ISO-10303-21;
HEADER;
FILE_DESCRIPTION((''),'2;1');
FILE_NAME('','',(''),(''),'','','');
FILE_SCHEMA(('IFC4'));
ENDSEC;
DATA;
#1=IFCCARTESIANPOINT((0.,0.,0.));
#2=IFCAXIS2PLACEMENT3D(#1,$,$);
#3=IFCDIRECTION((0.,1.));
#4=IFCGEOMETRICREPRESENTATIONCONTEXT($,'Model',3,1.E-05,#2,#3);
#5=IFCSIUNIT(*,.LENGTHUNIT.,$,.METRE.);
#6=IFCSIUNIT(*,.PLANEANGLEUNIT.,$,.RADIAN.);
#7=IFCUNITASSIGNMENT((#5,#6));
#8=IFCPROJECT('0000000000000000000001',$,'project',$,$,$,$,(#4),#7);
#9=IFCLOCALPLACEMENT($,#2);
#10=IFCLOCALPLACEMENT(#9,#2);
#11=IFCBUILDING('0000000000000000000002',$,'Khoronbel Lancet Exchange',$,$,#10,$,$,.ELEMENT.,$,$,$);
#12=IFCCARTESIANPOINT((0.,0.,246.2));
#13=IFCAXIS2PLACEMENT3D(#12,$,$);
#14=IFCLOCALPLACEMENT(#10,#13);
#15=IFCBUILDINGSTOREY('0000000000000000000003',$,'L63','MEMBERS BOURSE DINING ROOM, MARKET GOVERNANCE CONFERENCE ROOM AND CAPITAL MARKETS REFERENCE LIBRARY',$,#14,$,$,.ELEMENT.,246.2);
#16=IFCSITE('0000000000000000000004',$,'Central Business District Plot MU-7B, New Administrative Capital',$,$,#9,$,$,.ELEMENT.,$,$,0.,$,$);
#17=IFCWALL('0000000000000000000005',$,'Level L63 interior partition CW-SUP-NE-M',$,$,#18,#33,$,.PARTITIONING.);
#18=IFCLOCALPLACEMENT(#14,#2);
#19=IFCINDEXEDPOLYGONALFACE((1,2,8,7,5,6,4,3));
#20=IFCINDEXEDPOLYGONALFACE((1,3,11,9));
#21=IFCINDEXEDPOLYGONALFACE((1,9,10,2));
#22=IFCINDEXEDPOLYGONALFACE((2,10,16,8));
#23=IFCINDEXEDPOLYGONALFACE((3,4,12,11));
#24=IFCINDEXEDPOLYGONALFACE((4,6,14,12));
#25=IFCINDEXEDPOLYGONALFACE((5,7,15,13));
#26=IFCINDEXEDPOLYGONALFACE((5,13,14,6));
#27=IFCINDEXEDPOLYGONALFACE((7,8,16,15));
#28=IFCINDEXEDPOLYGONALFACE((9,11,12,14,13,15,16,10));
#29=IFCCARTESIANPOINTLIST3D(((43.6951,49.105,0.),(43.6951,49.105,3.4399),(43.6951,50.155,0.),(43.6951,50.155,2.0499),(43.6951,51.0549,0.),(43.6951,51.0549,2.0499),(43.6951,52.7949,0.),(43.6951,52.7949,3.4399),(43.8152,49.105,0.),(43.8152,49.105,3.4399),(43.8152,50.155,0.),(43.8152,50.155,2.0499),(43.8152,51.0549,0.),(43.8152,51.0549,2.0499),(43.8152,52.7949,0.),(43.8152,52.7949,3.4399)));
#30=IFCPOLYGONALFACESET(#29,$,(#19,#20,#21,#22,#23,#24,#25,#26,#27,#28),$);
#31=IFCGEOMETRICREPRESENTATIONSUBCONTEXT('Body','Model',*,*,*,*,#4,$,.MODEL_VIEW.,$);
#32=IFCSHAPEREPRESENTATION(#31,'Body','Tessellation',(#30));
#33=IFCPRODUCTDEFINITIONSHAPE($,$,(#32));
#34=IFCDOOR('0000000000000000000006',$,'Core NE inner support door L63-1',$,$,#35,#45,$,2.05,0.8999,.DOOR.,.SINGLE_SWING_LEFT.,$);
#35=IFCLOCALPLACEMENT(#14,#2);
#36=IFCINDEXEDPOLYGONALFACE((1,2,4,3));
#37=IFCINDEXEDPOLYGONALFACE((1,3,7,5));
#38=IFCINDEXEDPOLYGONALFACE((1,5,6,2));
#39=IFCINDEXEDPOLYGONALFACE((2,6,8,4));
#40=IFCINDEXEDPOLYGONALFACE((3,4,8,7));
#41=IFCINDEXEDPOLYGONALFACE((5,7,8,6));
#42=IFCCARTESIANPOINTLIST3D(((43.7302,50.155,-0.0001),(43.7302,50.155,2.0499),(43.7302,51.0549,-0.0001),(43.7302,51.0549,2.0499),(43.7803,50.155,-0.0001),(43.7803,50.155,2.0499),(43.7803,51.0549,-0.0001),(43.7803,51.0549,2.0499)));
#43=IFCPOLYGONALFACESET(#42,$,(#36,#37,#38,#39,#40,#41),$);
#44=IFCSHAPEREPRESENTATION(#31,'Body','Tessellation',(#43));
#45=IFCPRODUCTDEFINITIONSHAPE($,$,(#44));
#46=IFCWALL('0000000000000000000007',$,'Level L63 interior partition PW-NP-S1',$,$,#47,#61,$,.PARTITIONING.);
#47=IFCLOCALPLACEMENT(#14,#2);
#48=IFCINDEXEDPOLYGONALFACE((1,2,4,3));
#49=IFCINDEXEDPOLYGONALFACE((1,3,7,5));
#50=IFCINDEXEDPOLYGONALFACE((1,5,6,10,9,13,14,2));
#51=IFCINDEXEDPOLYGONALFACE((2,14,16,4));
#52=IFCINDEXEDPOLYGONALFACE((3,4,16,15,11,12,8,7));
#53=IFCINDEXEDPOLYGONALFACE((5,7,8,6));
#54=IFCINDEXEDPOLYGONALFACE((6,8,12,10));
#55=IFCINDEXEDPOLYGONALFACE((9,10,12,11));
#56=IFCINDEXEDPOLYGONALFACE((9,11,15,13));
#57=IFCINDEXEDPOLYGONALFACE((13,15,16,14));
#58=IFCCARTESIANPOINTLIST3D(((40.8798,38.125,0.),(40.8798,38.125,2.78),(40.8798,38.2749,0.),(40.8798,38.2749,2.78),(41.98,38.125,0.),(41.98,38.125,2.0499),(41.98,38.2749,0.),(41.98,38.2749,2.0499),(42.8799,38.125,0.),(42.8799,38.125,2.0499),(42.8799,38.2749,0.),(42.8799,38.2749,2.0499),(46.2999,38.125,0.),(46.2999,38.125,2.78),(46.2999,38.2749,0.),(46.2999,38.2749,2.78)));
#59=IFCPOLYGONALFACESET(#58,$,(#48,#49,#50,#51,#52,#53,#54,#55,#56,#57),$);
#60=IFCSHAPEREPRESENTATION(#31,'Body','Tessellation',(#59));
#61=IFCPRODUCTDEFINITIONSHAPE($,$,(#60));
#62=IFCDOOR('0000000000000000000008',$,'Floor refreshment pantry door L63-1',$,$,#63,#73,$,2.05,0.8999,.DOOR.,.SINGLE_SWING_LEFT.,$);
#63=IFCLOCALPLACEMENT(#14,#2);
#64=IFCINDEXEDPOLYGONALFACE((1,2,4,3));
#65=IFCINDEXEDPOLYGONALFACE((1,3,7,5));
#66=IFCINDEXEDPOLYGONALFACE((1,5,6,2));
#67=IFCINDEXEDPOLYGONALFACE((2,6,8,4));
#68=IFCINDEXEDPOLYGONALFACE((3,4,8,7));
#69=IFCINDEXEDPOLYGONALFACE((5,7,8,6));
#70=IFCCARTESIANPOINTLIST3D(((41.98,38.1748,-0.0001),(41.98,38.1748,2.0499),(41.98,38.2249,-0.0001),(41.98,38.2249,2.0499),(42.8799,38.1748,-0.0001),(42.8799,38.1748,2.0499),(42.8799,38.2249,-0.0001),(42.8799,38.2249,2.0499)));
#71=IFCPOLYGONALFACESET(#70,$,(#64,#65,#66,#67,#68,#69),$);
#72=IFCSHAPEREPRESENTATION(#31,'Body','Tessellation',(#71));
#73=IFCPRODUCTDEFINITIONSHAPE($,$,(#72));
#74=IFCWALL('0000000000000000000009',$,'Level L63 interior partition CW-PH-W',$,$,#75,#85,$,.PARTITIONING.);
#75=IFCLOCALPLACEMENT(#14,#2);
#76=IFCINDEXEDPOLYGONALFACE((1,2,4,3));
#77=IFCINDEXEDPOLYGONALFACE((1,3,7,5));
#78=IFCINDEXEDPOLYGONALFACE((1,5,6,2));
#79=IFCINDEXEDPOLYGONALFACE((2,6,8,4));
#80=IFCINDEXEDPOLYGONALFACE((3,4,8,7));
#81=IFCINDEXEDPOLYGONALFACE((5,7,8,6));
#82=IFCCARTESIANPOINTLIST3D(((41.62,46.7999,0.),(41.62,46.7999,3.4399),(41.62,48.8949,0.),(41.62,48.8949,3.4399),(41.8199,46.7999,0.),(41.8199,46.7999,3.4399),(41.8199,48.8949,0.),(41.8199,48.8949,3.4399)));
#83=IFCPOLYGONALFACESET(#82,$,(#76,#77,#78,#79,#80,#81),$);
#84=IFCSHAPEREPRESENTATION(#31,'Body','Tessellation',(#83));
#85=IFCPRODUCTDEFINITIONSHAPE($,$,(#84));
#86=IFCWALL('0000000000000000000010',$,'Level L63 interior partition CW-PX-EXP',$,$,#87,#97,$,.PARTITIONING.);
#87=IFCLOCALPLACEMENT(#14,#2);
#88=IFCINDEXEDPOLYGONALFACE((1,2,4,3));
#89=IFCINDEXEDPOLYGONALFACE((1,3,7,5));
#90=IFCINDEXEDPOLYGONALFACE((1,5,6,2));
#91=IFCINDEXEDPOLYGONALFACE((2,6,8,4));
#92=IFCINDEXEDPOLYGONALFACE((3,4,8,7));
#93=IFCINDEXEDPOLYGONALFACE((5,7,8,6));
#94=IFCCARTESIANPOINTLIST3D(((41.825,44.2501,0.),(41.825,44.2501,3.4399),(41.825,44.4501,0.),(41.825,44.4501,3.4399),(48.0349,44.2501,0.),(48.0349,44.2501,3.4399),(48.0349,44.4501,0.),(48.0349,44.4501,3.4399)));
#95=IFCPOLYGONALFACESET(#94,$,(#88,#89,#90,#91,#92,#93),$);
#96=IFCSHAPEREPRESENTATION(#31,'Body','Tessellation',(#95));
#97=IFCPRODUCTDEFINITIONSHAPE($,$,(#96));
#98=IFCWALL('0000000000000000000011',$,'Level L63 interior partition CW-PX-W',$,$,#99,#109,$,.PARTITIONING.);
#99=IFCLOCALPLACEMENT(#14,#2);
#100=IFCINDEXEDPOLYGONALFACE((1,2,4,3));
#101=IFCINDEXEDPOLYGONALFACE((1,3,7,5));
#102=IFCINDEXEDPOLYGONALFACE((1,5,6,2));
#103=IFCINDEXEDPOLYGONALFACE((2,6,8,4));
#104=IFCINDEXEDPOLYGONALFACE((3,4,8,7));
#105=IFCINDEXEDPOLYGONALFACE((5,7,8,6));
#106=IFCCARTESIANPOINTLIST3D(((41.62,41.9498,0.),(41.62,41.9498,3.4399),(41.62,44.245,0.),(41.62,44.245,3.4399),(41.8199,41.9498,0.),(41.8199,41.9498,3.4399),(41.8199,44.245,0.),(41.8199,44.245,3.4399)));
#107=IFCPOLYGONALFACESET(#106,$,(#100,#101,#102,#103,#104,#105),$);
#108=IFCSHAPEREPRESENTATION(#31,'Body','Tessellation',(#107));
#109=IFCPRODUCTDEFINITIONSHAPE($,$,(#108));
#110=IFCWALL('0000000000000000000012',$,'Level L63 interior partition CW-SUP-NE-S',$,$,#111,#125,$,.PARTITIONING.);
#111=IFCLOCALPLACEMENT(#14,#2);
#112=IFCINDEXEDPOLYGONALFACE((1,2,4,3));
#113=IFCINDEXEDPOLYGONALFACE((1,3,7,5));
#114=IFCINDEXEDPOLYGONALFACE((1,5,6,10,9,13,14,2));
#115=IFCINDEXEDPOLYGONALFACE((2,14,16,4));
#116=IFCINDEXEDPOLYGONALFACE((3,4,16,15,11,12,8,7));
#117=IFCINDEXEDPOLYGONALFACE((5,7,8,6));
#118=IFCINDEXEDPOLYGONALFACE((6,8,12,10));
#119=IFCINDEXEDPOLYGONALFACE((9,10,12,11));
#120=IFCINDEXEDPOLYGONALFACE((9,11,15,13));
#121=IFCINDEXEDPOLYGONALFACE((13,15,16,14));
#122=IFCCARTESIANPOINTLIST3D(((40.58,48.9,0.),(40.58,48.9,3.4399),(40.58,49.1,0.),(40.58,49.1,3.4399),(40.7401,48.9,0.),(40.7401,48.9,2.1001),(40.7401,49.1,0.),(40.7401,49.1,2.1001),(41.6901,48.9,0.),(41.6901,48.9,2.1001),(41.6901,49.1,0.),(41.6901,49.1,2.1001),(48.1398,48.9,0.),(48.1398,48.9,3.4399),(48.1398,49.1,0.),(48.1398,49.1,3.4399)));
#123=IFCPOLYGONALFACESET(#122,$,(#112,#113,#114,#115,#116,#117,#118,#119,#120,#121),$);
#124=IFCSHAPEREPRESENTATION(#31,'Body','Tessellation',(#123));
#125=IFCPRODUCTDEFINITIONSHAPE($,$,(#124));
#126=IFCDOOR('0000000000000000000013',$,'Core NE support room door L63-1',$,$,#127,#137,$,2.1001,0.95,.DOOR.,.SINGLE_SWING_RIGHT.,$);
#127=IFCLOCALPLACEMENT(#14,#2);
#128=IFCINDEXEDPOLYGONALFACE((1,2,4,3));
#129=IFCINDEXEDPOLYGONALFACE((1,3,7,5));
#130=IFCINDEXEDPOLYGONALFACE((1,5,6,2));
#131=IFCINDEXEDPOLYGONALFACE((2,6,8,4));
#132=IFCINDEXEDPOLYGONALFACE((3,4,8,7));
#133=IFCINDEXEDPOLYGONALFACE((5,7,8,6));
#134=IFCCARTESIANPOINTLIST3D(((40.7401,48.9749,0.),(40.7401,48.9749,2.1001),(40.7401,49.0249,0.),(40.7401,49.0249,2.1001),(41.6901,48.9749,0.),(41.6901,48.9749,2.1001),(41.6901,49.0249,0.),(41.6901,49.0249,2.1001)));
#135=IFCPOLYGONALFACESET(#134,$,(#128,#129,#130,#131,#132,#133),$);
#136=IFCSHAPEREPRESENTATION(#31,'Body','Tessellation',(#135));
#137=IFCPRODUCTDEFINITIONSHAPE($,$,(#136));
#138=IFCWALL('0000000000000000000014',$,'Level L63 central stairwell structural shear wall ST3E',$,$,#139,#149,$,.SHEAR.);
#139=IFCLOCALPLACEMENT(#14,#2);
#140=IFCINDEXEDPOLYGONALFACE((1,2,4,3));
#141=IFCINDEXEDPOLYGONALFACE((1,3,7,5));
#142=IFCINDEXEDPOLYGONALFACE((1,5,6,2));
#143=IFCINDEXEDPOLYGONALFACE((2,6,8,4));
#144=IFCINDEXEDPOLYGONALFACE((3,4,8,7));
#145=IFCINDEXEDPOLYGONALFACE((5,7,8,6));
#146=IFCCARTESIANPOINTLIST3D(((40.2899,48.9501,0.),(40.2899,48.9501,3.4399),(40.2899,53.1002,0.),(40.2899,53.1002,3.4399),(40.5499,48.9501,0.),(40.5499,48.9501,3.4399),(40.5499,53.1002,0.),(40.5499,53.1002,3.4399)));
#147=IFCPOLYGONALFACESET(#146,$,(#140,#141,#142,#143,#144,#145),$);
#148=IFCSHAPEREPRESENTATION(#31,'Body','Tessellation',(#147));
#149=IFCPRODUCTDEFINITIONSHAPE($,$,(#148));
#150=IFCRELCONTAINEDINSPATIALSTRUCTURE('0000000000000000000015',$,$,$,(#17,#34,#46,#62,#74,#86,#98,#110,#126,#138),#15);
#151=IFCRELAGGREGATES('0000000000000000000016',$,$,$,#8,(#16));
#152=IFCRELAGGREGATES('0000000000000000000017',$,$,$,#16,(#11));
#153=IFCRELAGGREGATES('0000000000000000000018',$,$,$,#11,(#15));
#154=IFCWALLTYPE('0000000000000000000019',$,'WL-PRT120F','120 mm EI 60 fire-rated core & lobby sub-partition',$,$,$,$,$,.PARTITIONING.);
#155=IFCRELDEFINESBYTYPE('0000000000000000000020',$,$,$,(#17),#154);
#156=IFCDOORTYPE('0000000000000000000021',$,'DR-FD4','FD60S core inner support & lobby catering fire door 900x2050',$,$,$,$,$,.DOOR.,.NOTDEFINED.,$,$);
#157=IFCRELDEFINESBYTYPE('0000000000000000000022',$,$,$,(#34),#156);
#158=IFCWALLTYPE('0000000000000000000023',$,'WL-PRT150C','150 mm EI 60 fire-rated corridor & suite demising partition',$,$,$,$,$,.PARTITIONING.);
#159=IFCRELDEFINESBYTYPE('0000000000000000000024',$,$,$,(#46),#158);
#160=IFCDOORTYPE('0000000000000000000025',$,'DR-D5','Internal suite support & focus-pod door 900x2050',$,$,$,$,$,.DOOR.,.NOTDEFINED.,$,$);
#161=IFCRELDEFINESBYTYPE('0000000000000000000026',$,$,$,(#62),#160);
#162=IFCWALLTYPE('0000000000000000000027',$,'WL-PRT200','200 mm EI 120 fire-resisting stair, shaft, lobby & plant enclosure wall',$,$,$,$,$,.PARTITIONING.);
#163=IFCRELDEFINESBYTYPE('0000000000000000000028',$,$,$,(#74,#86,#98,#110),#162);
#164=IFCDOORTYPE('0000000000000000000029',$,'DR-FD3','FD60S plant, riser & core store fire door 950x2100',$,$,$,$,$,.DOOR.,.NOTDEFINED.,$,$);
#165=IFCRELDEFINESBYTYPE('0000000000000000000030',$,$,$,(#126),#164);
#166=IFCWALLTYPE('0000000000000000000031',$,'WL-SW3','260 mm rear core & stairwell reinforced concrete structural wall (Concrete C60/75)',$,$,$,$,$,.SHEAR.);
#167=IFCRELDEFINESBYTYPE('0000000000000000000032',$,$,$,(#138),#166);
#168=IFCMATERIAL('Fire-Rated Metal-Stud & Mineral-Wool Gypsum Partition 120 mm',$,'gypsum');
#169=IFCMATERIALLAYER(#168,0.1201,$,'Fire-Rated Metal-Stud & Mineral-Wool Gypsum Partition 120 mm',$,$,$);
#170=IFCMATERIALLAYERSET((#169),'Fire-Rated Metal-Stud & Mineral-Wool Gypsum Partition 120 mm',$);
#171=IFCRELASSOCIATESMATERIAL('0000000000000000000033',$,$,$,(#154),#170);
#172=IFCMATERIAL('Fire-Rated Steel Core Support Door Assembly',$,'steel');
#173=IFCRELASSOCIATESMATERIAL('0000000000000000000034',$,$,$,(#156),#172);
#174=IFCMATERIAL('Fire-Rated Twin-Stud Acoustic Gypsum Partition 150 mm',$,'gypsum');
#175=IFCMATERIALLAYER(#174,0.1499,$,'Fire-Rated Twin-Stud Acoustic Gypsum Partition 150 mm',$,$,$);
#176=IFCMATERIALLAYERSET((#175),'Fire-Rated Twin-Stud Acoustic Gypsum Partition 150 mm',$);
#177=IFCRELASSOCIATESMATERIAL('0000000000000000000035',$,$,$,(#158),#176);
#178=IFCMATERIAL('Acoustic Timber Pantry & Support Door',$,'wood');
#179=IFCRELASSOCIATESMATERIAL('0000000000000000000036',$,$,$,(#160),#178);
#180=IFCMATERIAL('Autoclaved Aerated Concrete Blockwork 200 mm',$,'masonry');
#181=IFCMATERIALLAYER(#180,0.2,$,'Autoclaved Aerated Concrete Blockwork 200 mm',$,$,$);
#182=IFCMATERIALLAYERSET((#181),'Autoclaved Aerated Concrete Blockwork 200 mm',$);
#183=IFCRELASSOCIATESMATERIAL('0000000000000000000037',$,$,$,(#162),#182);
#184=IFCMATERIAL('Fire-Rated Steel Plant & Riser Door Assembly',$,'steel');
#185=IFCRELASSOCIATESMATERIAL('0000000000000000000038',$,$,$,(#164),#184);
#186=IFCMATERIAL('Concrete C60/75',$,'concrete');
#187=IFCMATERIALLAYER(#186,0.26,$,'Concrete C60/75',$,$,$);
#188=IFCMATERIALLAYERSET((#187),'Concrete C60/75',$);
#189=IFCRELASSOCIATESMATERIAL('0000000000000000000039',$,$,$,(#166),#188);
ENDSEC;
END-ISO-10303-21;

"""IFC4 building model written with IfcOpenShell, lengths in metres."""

from ifc_helpers import new_model, si_unit, direction, frame, frame_2d, origin, place, context, subcontext, project, spatial, rectangle, extrude, material, layer, layer_set, type_object, element, fill, save


model = new_model("IFC4")

# Units and contexts
model_context = context("Model", 3, precision=1e-05, world=origin(), true_north=direction((0.0, 1.0)))
body_context = subcontext(model_context, "Body", "Model", "MODEL_VIEW")
ifc_project = project(units=[si_unit("LENGTHUNIT", "METRE"), si_unit("PLANEANGLEUNIT", "RADIAN")], contexts=[model_context])

# Site, building, storey
site_placement = place(None, origin())
site = spatial("IfcSite", under=ifc_project, at=site_placement, Name="Central Business District Plot MU-7B, New Administrative Capital", CompositionType="ELEMENT", RefElevation=0.0)
building_placement = place(site_placement, origin())
building = spatial("IfcBuilding", under=site, at=building_placement, Name="Khoronbel Lancet Exchange", CompositionType="ELEMENT")
storey_placement = place(building_placement, frame((0.0, 0.0, 246.2)))
storey = spatial("IfcBuildingStorey", under=building, at=storey_placement, Name="L63", Description="MEMBERS BOURSE DINING ROOM, MARKET GOVERNANCE CONFERENCE ROOM AND CAPITAL MARKETS REFERENCE LIBRARY", CompositionType="ELEMENT", Elevation=246.2)

# Shared definitions
ifc_material_1 = material(Name="Concrete C60/75", Category="concrete")

# Shared definitions
ifc_material_2 = material(Name="Fire-Rated Metal-Stud & Mineral-Wool Gypsum Partition 120 mm", Category="gypsum")
ifc_layer_1 = layer(ifc_material_2, 0.1201, Name="Fire-Rated Metal-Stud & Mineral-Wool Gypsum Partition 120 mm")
ifc_layer_set_1 = layer_set([ifc_layer_1], Name="Fire-Rated Metal-Stud & Mineral-Wool Gypsum Partition 120 mm")
wall_type_1 = type_object("IfcWallType", Name="WL-PRT120F", Description="120 mm EI 60 fire-rated core & lobby sub-partition", PredefinedType="PARTITIONING", material=ifc_layer_set_1)

# Walls, openings, doors
wall_1_placement = place(storey_placement, frame((43.7551, 49.105, 0.0), z_axis=(0.0, 0.0, 1.0), x_axis=(0.0, 1.0, 0.0)))
wall_1 = element("IfcWall", 1, at=wall_1_placement, inside=storey, type_object=wall_type_1, Name="Level L63 interior partition CW-SUP-NE-M", PredefinedType="PARTITIONING", context=body_context, shape_type="SweptSolid", body=[
    extrude(rectangle(XDim=3.6899, YDim=0.1201, at=frame_2d((1.845, 0.0))), origin(), (0.0, 0.0, 1.0), 3.4399),
])
opening_1_placement = place(wall_1_placement, frame((1.05, 0.0, 0.0)))
opening_1 = element("IfcOpeningElement", 2, at=opening_1_placement, cuts=wall_1, PredefinedType="OPENING", context=body_context, shape_type="SweptSolid", body=[
    extrude(rectangle(XDim=0.8999, YDim=2.05, at=frame_2d((0.45, 1.0249))), frame((0.0, 0.0701, 0.0), z_axis=(0.0, -1.0, 0.0), x_axis=(1.0, 0.0, 0.0)), (0.0, 0.0, 1.0), 0.1401),
])
ifc_material_3 = material(Name="Fire-Rated Steel Core Support Door Assembly", Category="steel")
door_type_1 = type_object("IfcDoorType", Name="DR-FD4", Description="FD60S core inner support & lobby catering fire door 900x2050", OperationType="NOTDEFINED", PredefinedType="DOOR", material=ifc_material_3)
door_1_placement = place(opening_1_placement, origin())
door_1 = element("IfcDoor", 3, at=door_1_placement, inside=storey, type_object=door_type_1, Name="Core NE inner support door L63-1", OperationType="SINGLE_SWING_LEFT", OverallHeight=2.05, OverallWidth=0.8999, PredefinedType="DOOR", context=body_context, shape_type="SweptSolid", body=[
    extrude(rectangle(XDim=0.8999, YDim=2.05, at=frame_2d((0.45, 1.0249))), frame((0.0, 0.0249, 0.0), z_axis=(0.0, -1.0, 0.0), x_axis=(1.0, 0.0, 0.0)), (0.0, 0.0, 1.0), 0.05),
])
fill(opening_1, door_1)
ifc_material_4 = material(Name="Fire-Rated Twin-Stud Acoustic Gypsum Partition 150 mm", Category="gypsum")
ifc_layer_2 = layer(ifc_material_4, 0.1499, Name="Fire-Rated Twin-Stud Acoustic Gypsum Partition 150 mm")
ifc_layer_set_2 = layer_set([ifc_layer_2], Name="Fire-Rated Twin-Stud Acoustic Gypsum Partition 150 mm")
wall_type_2 = type_object("IfcWallType", Name="WL-PRT150C", Description="150 mm EI 60 fire-rated corridor & suite demising partition", PredefinedType="PARTITIONING", material=ifc_layer_set_2)
wall_2_placement = place(storey_placement, frame((40.8799, 38.2, 0.0), z_axis=(0.0, 0.0, 1.0), x_axis=(1.0, 0.0, 0.0)))
wall_2 = element("IfcWall", 4, at=wall_2_placement, inside=storey, type_object=wall_type_2, Name="Level L63 interior partition PW-NP-S1", PredefinedType="PARTITIONING", context=body_context, shape_type="SweptSolid", body=[
    extrude(rectangle(XDim=5.4202, YDim=0.1499, at=frame_2d((2.71, 0.0))), origin(), (0.0, 0.0, 1.0), 2.78),
])
opening_2_placement = place(wall_2_placement, frame((1.1001, 0.0, 0.0)))
opening_2 = element("IfcOpeningElement", 5, at=opening_2_placement, cuts=wall_2, PredefinedType="OPENING", context=body_context, shape_type="SweptSolid", body=[
    extrude(rectangle(XDim=0.8999, YDim=2.05, at=frame_2d((0.45, 1.0249))), frame((0.0, 0.085, 0.0), z_axis=(0.0, -1.0, 0.0), x_axis=(1.0, 0.0, 0.0)), (0.0, 0.0, 1.0), 0.1699),
])
ifc_material_5 = material(Name="Acoustic Timber Pantry & Support Door", Category="wood")
door_type_2 = type_object("IfcDoorType", Name="DR-D5", Description="Internal suite support & focus-pod door 900x2050", OperationType="NOTDEFINED", PredefinedType="DOOR", material=ifc_material_5)
door_2_placement = place(opening_2_placement, origin())
door_2 = element("IfcDoor", 6, at=door_2_placement, inside=storey, type_object=door_type_2, Name="Floor refreshment pantry door L63-1", OperationType="SINGLE_SWING_LEFT", OverallHeight=2.05, OverallWidth=0.8999, PredefinedType="DOOR", context=body_context, shape_type="SweptSolid", body=[
    extrude(rectangle(XDim=0.8999, YDim=2.05, at=frame_2d((0.45, 1.0249))), frame((0.0, 0.0249, 0.0), z_axis=(0.0, -1.0, 0.0), x_axis=(1.0, 0.0, 0.0)), (0.0, 0.0, 1.0), 0.05),
])
fill(opening_2, door_2)

# Walls
ifc_material_6 = material(Name="Autoclaved Aerated Concrete Blockwork 200 mm", Category="masonry")
ifc_layer_3 = layer(ifc_material_6, 0.2, Name="Autoclaved Aerated Concrete Blockwork 200 mm")
ifc_layer_set_3 = layer_set([ifc_layer_3], Name="Autoclaved Aerated Concrete Blockwork 200 mm")
wall_type_3 = type_object("IfcWallType", Name="WL-PRT200", Description="200 mm EI 120 fire-resisting stair, shaft, lobby & plant enclosure wall", PredefinedType="PARTITIONING", material=ifc_layer_set_3)
wall_3_placement = place(storey_placement, frame((41.72, 46.8, 0.0), z_axis=(0.0, 0.0, 1.0), x_axis=(0.0, 1.0, 0.0)))
element("IfcWall", 7, at=wall_3_placement, inside=storey, type_object=wall_type_3, Name="Level L63 interior partition CW-PH-W", PredefinedType="PARTITIONING", context=body_context, shape_type="SweptSolid", body=[
    extrude(rectangle(XDim=2.095, YDim=0.2, at=frame_2d((1.0474, 0.0))), origin(), (0.0, 0.0, 1.0), 3.4399),
])
wall_4_placement = place(storey_placement, frame((41.825, 44.3501, 0.0), z_axis=(0.0, 0.0, 1.0), x_axis=(1.0, 0.0, 0.0)))
element("IfcWall", 8, at=wall_4_placement, inside=storey, type_object=wall_type_3, Name="Level L63 interior partition CW-PX-EXP", PredefinedType="PARTITIONING", context=body_context, shape_type="SweptSolid", body=[
    extrude(rectangle(XDim=6.21, YDim=0.2, at=frame_2d((3.105, 0.0))), origin(), (0.0, 0.0, 1.0), 3.4399),
])
wall_5_placement = place(storey_placement, frame((41.72, 41.95, 0.0), z_axis=(0.0, 0.0, 1.0), x_axis=(0.0, 1.0, 0.0)))
element("IfcWall", 9, at=wall_5_placement, inside=storey, type_object=wall_type_3, Name="Level L63 interior partition CW-PX-W", PredefinedType="PARTITIONING", context=body_context, shape_type="SweptSolid", body=[
    extrude(rectangle(XDim=2.2952, YDim=0.2, at=frame_2d((1.1475, 0.0))), origin(), (0.0, 0.0, 1.0), 3.4399),
])

# Wall, opening, door
wall_6_placement = place(storey_placement, frame((40.5801, 49.0, 0.0), z_axis=(0.0, 0.0, 1.0), x_axis=(1.0, 0.0, 0.0)))
wall_6 = element("IfcWall", 10, at=wall_6_placement, inside=storey, type_object=wall_type_3, Name="Level L63 interior partition CW-SUP-NE-S", PredefinedType="PARTITIONING", context=body_context, shape_type="SweptSolid", body=[
    extrude(rectangle(XDim=7.5598, YDim=0.2, at=frame_2d((3.7798, 0.0))), origin(), (0.0, 0.0, 1.0), 3.4399),
])
opening_3_placement = place(wall_6_placement, frame((0.1599, 0.0, 0.0)))
opening_3 = element("IfcOpeningElement", 11, at=opening_3_placement, cuts=wall_6, PredefinedType="OPENING", context=body_context, shape_type="SweptSolid", body=[
    extrude(rectangle(XDim=0.95, YDim=2.1001, at=frame_2d((0.4751, 1.05))), frame((0.0, 0.1099, 0.0), z_axis=(0.0, -1.0, 0.0), x_axis=(1.0, 0.0, 0.0)), (0.0, 0.0, 1.0), 0.22),
])
ifc_material_7 = material(Name="Fire-Rated Steel Plant & Riser Door Assembly", Category="steel")
door_type_3 = type_object("IfcDoorType", Name="DR-FD3", Description="FD60S plant, riser & core store fire door 950x2100", OperationType="NOTDEFINED", PredefinedType="DOOR", material=ifc_material_7)
door_3_placement = place(opening_3_placement, origin())
door_3 = element("IfcDoor", 12, at=door_3_placement, inside=storey, type_object=door_type_3, Name="Core NE support room door L63-1", OperationType="SINGLE_SWING_RIGHT", OverallHeight=2.1001, OverallWidth=0.95, PredefinedType="DOOR", context=body_context, shape_type="SweptSolid", body=[
    extrude(rectangle(XDim=0.95, YDim=2.1001, at=frame_2d((0.4751, 1.05))), frame((0.0, 0.0249, 0.0), z_axis=(0.0, -1.0, 0.0), x_axis=(1.0, 0.0, 0.0)), (0.0, 0.0, 1.0), 0.05),
])
fill(opening_3, door_3)

# Wall
ifc_layer_4 = layer(ifc_material_1, 0.26, Name="Concrete C60/75")
ifc_layer_set_4 = layer_set([ifc_layer_4], Name="Concrete C60/75")
wall_type_4 = type_object("IfcWallType", Name="WL-SW3", Description="260 mm rear core & stairwell reinforced concrete structural wall (Concrete C60/75)", PredefinedType="SHEAR", material=ifc_layer_set_4)
wall_7_placement = place(storey_placement, frame((40.4199, 48.95, 0.0), z_axis=(0.0, 0.0, 1.0), x_axis=(0.0, 1.0, 0.0)))
element("IfcWall", 13, at=wall_7_placement, inside=storey, type_object=wall_type_4, Name="Level L63 central stairwell structural shear wall ST3E", PredefinedType="SHEAR", context=body_context, shape_type="SweptSolid", body=[
    extrude(rectangle(XDim=4.1501, YDim=0.26, at=frame_2d((2.0752, 0.0))), origin(), (0.0, 0.0, 1.0), 3.4399),
])

save(model, "model.ifc")
